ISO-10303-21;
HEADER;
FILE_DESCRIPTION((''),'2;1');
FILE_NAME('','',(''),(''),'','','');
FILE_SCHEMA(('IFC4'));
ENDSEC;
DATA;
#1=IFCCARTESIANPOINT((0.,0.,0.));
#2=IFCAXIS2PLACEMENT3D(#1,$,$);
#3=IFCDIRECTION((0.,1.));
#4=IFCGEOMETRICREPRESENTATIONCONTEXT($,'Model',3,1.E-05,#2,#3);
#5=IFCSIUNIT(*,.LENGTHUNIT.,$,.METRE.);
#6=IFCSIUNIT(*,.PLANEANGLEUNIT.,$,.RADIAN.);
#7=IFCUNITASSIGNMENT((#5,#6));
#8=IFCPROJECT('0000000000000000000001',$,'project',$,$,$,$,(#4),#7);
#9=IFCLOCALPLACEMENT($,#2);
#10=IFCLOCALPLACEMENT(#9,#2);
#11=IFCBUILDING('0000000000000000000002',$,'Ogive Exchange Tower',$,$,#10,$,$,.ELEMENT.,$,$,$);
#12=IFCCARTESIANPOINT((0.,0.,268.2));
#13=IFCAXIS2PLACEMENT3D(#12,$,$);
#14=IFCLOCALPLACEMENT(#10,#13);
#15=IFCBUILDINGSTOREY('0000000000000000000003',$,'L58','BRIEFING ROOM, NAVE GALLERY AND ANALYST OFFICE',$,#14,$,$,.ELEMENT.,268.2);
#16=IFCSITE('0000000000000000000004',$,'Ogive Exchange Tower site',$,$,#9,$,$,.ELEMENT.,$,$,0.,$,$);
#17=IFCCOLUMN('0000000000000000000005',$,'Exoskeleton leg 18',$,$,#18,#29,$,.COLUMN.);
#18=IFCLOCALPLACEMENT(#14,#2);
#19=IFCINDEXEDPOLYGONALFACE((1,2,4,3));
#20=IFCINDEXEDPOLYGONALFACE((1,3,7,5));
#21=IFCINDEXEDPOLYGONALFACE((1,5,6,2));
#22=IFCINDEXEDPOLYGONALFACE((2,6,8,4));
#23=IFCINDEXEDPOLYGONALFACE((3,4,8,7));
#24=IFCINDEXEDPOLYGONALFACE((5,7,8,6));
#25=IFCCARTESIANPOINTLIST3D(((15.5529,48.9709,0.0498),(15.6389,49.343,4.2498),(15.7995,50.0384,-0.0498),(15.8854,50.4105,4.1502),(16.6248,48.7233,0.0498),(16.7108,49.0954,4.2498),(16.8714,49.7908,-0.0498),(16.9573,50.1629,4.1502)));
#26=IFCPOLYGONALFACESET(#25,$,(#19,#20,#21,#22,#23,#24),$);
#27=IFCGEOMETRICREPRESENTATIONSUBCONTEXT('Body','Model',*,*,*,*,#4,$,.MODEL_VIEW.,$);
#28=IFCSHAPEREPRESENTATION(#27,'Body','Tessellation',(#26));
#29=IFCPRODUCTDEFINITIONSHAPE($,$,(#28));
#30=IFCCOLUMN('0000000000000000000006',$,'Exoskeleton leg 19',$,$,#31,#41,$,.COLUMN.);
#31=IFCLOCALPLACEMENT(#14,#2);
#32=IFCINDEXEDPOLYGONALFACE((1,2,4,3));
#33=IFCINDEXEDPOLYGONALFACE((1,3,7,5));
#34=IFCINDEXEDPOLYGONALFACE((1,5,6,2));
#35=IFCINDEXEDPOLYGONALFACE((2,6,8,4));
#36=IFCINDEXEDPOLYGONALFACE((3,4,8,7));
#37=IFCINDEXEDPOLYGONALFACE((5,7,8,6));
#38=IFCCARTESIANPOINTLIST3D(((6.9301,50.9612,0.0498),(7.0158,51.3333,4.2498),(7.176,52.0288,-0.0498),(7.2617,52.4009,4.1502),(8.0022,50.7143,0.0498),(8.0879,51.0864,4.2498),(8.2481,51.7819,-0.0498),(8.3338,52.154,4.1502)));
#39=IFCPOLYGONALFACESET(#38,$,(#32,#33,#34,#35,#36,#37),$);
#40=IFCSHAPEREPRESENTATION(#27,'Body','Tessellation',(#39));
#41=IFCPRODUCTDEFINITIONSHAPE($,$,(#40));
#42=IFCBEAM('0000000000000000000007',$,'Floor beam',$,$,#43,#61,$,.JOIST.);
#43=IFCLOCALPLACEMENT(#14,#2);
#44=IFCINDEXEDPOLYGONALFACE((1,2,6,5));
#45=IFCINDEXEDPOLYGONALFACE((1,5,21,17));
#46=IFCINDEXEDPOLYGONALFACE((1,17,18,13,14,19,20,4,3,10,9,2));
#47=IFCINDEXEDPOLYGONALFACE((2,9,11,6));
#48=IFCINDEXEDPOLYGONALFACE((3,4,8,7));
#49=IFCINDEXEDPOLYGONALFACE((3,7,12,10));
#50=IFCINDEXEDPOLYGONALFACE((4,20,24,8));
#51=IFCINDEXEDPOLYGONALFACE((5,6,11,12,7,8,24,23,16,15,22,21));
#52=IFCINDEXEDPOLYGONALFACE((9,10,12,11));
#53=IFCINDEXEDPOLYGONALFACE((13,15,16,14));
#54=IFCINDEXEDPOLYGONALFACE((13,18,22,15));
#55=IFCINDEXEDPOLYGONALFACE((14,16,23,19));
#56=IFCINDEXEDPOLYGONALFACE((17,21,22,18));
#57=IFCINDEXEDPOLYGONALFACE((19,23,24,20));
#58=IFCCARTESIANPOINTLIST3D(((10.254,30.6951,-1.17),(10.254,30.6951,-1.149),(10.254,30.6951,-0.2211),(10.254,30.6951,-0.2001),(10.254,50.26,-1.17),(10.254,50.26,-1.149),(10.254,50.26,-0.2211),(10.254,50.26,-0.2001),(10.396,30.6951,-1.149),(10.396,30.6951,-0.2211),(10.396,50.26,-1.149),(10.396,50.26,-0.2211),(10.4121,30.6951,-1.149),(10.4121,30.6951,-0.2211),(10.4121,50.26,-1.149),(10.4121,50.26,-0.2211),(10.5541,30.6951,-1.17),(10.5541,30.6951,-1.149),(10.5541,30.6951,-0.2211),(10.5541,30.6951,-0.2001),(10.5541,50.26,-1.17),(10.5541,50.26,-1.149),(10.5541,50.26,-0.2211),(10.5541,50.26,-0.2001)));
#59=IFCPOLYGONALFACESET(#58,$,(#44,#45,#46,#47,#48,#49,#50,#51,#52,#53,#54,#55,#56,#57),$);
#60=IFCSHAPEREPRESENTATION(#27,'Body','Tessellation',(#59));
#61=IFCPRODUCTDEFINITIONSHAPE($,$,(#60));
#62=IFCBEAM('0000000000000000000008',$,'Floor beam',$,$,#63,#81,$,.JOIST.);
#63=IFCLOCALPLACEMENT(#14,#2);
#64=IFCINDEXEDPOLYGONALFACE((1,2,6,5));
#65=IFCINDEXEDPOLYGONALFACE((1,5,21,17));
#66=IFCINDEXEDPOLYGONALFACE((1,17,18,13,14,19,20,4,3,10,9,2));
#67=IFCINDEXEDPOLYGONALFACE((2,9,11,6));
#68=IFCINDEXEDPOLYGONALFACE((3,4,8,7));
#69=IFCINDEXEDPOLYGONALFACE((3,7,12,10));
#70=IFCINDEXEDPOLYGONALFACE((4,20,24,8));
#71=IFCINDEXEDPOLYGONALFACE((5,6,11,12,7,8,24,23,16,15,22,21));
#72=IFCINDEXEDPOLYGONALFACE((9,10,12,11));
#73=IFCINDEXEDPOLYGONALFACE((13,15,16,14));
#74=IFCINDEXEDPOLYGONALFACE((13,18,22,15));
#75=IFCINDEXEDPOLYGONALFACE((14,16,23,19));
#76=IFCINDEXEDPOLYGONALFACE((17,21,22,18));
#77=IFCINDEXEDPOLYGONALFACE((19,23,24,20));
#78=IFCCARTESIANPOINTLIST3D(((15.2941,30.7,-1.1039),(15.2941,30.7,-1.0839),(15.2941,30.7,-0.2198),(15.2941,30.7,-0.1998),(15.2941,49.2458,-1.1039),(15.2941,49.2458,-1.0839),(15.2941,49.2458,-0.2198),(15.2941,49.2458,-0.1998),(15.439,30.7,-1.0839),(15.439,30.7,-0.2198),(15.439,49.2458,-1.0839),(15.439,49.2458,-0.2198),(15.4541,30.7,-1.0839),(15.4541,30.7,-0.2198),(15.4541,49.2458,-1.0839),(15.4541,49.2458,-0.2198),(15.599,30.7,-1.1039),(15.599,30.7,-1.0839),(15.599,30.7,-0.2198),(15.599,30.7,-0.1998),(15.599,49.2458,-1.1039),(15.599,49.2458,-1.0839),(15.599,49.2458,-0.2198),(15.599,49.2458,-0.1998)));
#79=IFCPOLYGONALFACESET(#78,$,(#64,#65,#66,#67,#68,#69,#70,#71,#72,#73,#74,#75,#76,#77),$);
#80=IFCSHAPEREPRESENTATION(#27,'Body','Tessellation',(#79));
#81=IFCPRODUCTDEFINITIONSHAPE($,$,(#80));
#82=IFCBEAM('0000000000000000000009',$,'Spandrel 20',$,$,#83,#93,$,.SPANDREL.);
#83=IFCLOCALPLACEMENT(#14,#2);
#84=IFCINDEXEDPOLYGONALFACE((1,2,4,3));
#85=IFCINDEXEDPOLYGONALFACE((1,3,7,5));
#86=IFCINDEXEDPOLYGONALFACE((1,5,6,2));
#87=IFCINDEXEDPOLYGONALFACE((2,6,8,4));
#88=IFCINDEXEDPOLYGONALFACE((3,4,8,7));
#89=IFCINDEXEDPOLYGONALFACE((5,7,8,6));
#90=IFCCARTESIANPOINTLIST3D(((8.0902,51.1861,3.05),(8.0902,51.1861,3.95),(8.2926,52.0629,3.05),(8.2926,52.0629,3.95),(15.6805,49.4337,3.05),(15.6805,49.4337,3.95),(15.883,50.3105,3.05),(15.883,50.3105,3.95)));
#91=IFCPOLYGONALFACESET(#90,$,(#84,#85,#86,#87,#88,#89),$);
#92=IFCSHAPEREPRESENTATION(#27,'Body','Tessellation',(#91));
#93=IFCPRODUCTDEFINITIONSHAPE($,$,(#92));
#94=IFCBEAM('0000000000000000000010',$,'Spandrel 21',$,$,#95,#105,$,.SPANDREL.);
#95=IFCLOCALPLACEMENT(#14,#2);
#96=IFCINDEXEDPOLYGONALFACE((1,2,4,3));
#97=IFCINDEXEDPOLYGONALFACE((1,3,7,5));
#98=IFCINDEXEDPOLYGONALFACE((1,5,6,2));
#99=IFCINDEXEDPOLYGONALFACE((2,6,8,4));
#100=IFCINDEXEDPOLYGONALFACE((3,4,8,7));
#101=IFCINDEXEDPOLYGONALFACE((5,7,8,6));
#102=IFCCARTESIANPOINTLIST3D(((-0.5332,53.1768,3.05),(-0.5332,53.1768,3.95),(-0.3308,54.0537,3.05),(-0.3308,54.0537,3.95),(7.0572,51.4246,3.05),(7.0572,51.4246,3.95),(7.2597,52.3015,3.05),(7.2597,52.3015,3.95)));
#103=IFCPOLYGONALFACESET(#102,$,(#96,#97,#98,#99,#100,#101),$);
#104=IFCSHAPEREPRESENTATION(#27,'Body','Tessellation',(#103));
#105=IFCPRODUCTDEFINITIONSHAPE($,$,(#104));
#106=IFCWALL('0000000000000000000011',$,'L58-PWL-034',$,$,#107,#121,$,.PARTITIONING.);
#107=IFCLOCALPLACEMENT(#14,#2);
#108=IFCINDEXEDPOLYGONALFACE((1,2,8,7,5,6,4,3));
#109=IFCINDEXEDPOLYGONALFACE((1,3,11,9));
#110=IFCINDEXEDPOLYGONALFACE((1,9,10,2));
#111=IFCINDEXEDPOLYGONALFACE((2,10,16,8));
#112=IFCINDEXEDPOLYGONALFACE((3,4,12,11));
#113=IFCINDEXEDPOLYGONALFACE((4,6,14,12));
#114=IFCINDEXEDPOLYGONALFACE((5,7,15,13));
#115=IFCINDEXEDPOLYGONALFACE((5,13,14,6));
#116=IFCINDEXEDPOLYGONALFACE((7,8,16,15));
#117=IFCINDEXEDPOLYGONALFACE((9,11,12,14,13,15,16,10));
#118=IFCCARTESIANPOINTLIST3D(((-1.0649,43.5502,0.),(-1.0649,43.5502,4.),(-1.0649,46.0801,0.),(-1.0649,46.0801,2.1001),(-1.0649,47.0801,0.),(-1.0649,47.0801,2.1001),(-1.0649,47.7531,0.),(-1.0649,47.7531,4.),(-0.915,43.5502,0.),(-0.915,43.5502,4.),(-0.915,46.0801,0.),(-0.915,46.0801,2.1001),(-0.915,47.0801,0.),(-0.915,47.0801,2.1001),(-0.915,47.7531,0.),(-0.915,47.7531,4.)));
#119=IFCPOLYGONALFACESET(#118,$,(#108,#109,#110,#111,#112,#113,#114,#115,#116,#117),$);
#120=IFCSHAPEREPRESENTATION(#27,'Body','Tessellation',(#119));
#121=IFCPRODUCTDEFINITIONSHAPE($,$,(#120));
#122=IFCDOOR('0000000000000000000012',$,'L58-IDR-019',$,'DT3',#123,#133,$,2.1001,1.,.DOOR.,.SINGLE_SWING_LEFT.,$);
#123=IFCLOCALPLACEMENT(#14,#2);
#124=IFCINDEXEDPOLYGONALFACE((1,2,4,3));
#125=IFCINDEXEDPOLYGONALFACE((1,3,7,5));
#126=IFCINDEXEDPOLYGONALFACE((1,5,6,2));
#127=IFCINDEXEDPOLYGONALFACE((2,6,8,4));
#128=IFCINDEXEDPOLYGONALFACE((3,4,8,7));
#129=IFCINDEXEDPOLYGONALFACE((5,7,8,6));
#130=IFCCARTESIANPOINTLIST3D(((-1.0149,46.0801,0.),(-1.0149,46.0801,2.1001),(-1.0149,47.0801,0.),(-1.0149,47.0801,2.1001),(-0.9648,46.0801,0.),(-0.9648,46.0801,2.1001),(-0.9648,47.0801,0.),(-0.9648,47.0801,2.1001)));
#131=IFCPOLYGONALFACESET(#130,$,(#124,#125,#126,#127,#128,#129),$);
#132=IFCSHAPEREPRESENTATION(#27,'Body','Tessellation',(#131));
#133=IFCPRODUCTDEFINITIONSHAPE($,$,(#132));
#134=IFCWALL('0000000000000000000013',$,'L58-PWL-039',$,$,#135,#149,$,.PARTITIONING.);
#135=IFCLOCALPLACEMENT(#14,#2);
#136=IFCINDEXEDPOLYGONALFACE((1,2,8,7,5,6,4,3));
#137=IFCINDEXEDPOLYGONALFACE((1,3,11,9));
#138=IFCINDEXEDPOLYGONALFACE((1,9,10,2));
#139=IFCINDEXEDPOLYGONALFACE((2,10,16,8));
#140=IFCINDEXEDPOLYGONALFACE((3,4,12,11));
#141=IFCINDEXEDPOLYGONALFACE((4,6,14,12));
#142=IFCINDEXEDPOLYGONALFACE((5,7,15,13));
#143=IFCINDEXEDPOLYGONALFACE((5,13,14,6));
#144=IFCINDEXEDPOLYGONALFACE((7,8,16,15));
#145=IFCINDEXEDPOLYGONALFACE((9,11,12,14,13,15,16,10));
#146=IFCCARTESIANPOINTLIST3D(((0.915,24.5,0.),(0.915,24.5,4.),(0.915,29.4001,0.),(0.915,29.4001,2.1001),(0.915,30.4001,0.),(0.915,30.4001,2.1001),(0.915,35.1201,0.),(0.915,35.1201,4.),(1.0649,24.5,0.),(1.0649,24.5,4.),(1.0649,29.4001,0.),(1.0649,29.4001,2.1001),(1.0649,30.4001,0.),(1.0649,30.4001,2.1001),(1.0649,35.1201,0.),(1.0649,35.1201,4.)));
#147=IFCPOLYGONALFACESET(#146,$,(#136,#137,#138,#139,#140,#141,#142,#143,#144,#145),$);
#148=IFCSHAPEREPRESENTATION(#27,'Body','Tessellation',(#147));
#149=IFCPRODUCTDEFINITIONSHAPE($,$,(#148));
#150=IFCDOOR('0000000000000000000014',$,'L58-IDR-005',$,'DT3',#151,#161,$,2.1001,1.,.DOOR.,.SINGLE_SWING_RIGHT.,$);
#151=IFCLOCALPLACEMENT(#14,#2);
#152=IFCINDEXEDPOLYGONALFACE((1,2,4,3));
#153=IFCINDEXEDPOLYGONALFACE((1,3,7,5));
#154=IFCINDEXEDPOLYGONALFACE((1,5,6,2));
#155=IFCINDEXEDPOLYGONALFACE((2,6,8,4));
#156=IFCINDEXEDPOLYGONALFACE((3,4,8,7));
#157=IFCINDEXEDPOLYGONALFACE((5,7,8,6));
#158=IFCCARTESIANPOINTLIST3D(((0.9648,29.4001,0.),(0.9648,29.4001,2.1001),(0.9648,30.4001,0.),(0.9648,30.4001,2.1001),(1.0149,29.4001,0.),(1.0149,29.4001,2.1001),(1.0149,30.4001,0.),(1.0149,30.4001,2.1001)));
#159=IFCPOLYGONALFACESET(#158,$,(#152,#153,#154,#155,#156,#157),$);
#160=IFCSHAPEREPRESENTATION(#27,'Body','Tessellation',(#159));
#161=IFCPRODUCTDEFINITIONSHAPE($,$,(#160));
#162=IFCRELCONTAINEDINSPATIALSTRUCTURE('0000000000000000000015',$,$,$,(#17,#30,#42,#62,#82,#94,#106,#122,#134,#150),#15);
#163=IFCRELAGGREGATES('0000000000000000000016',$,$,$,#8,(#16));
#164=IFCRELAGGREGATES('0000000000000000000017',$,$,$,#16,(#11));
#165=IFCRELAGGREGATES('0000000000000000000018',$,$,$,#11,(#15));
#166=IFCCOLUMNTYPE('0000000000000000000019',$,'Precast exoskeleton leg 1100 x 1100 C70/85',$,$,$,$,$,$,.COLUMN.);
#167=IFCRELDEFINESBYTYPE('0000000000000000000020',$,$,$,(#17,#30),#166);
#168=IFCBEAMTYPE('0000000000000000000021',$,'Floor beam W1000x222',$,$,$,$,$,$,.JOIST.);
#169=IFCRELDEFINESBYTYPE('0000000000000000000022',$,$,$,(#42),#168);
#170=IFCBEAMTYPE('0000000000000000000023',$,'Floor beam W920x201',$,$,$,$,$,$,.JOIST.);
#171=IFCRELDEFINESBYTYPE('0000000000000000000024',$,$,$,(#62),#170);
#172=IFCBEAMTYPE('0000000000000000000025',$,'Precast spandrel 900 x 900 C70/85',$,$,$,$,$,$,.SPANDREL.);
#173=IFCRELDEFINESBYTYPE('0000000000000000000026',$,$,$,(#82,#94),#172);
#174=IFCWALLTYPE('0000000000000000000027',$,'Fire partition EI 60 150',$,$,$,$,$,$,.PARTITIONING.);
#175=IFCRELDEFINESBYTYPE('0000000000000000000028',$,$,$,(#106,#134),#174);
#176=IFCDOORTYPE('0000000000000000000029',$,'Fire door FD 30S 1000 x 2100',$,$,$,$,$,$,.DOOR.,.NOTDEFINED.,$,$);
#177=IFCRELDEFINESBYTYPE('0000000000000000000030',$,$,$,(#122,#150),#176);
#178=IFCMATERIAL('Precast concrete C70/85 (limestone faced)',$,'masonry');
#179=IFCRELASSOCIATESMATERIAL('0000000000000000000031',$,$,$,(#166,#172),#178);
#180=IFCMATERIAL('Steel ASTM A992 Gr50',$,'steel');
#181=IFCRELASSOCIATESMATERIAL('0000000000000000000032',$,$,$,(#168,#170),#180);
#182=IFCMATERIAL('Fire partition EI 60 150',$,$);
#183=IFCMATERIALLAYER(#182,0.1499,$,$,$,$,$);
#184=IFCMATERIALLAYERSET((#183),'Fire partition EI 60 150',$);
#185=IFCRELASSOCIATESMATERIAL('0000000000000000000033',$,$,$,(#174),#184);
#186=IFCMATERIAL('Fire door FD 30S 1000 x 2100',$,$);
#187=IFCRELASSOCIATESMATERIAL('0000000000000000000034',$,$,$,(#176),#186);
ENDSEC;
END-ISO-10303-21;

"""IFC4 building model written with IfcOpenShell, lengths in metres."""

from ifc_helpers import new_model, si_unit, direction, frame, frame_2d, origin, origin_2d, place, context, subcontext, project, spatial, rectangle, i_section, extrude, material, layer, layer_set, material_profile, profile_set, type_object, element, fill, save


model = new_model("IFC4")

# Units and contexts
model_context = context("Model", 3, precision=1e-05, world=origin(), true_north=direction((0.0, 1.0)))
body_context = subcontext(model_context, "Body", "Model", "MODEL_VIEW")
ifc_project = project(units=[si_unit("LENGTHUNIT", "METRE"), si_unit("PLANEANGLEUNIT", "RADIAN")], contexts=[model_context])

# Site, building, storey
site_placement = place(None, origin())
site = spatial("IfcSite", under=ifc_project, at=site_placement, Name="Ogive Exchange Tower site", CompositionType="ELEMENT", RefElevation=0.0)
building_placement = place(site_placement, origin())
building = spatial("IfcBuilding", under=site, at=building_placement, Name="Ogive Exchange Tower", CompositionType="ELEMENT")
storey_placement = place(building_placement, frame((0.0, 0.0, 268.2)))
storey = spatial("IfcBuildingStorey", under=building, at=storey_placement, Name="L58", Description="BRIEFING ROOM, NAVE GALLERY AND ANALYST OFFICE", CompositionType="ELEMENT", Elevation=268.2)

# Columns
ifc_material_1 = material(Name="Precast concrete C70/85 (limestone faced)", Category="masonry")
ifc_material_profile_1 = material_profile(ifc_material_1, rectangle(XDim=1.1001, YDim=1.1001, at=origin_2d()), Name="1100 x 1100")
ifc_profile_set_1 = profile_set([ifc_material_profile_1], Name="Precast concrete C70/85 (limestone faced)")
column_type = type_object("IfcColumnType", Name="Precast exoskeleton leg 1100 x 1100 C70/85", PredefinedType="COLUMN", material=ifc_profile_set_1)
for number, where, z_axis, x_axis, name in (
    (1, (16.2122, 49.3809, 0.0), (0.020377, 0.088225, 0.995892), (-0.974348, 0.225046, 0.0), "Exoskeleton leg 18"),
    (2, (7.5891, 51.3716, 0.0), (0.02032, 0.088225, 0.995893), (-0.974488, 0.224439, 0.0), "Exoskeleton leg 19"),
):
    element("IfcColumn", number, at=place(storey_placement, frame(where, z_axis=z_axis, x_axis=x_axis)), inside=storey, type_object=column_type, Name=name, PredefinedType="COLUMN", context=body_context, shape_type="SweptSolid", body=[
        extrude(rectangle(XDim=1.1001, YDim=1.1001, at=origin_2d()), origin(), (0.0, 0.0, 1.0), 4.2173),
    ])

# Beams
ifc_material_2 = material(Name="Steel ASTM A992 Gr50", Category="steel")
ifc_material_profile_2 = material_profile(ifc_material_2, i_section(OverallWidth=0.3, OverallDepth=0.97, WebThickness=0.0161, FlangeThickness=0.021, at=origin_2d()), Name="W1000x222")
ifc_profile_set_2 = profile_set([ifc_material_profile_2], Name="Steel ASTM A992 Gr50")
beam_type_1 = type_object("IfcBeamType", Name="Floor beam W1000x222", PredefinedType="JOIST", material=ifc_profile_set_2)
beam_1_placement = place(storey_placement, frame((10.4041, 30.6951, -0.6851), z_axis=(0.0, 1.0, 0.0), x_axis=(-1.0, 0.0, 0.0)))
element("IfcBeam", 3, at=beam_1_placement, inside=storey, type_object=beam_type_1, Name="Floor beam", PredefinedType="JOIST", context=body_context, shape_type="SweptSolid", body=[
    extrude(i_section(OverallWidth=0.3, OverallDepth=0.97, WebThickness=0.0161, FlangeThickness=0.021, at=origin_2d()), origin(), (0.0, 0.0, 1.0), 19.5649),
])
ifc_material_profile_3 = material_profile(ifc_material_2, i_section(OverallWidth=0.3049, OverallDepth=0.9041, WebThickness=0.0151, FlangeThickness=0.02, at=origin_2d()), Name="W920x201")
ifc_profile_set_3 = profile_set([ifc_material_profile_3], Name="Steel ASTM A992 Gr50")
beam_type_2 = type_object("IfcBeamType", Name="Floor beam W920x201", PredefinedType="JOIST", material=ifc_profile_set_3)
beam_2_placement = place(storey_placement, frame((15.4465, 30.7, -0.6519), z_axis=(0.0, 1.0, 0.0), x_axis=(-1.0, 0.0, 0.0)))
element("IfcBeam", 4, at=beam_2_placement, inside=storey, type_object=beam_type_2, Name="Floor beam", PredefinedType="JOIST", context=body_context, shape_type="SweptSolid", body=[
    extrude(i_section(OverallWidth=0.3049, OverallDepth=0.9041, WebThickness=0.0151, FlangeThickness=0.02, at=origin_2d()), origin(), (0.0, 0.0, 1.0), 18.5459),
])
ifc_material_profile_4 = material_profile(ifc_material_1, rectangle(XDim=0.8999, YDim=0.8999, at=origin_2d()), Name="900 x 900")
ifc_profile_set_4 = profile_set([ifc_material_profile_4], Name="Precast concrete C70/85 (limestone faced)")
beam_type_3 = type_object("IfcBeamType", Name="Precast spandrel 900 x 900 C70/85", PredefinedType="SPANDREL", material=ifc_profile_set_4)
for number, where, z_axis, x_axis, name in (
    (5, (15.7817, 49.8721, 3.5), (-0.974368, 0.22496, 0.0), (-0.22496, -0.974368, 0.0), "Spandrel 20"),
    (6, (7.1584, 51.863, 3.5), (-0.974375, 0.22493, 0.0), (-0.22493, -0.974375, 0.0), "Spandrel 21"),
):
    element("IfcBeam", number, at=place(storey_placement, frame(where, z_axis=z_axis, x_axis=x_axis)), inside=storey, type_object=beam_type_3, Name=name, PredefinedType="SPANDREL", context=body_context, shape_type="SweptSolid", body=[
        extrude(rectangle(XDim=0.8999, YDim=0.8999, at=origin_2d()), origin(), (0.0, 0.0, 1.0), 7.79),
    ])

# Walls, openings, doors
ifc_material_3 = material(Name="Fire partition EI 60 150")
ifc_layer_1 = layer(ifc_material_3, 0.1499)
ifc_layer_set_1 = layer_set([ifc_layer_1], Name="Fire partition EI 60 150")
wall_type_1 = type_object("IfcWallType", Name="Fire partition EI 60 150", PredefinedType="PARTITIONING", material=ifc_layer_set_1)
wall_1_placement = place(storey_placement, frame((-0.99, 43.55, 0.0), z_axis=(0.0, 0.0, 1.0), x_axis=(0.0, 1.0, 0.0)))
wall_1 = element("IfcWall", 7, at=wall_1_placement, inside=storey, type_object=wall_type_1, Name="L58-PWL-034", PredefinedType="PARTITIONING", context=body_context, shape_type="SweptSolid", body=[
    extrude(rectangle(XDim=4.2029, YDim=0.1499, at=frame_2d((2.1016, 0.0))), origin(), (0.0, 0.0, 1.0), 4.0),
])
opening_1_placement = place(wall_1_placement, frame((2.53, 0.0, 0.0)))
opening_1 = element("IfcOpeningElement", 8, at=opening_1_placement, cuts=wall_1, PredefinedType="OPENING", context=body_context, shape_type="SweptSolid", body=[
    extrude(rectangle(XDim=1.0, YDim=2.1001, at=frame_2d((0.5, 1.05))), frame((0.0, 0.085, 0.0), z_axis=(0.0, -1.0, 0.0), x_axis=(1.0, 0.0, 0.0)), (0.0, 0.0, 1.0), 0.1699),
])
ifc_material_4 = material(Name="Fire door FD 30S 1000 x 2100")
door_type_1 = type_object("IfcDoorType", Name="Fire door FD 30S 1000 x 2100", OperationType="NOTDEFINED", PredefinedType="DOOR", material=ifc_material_4)
door_1_placement = place(opening_1_placement, origin())
door_1 = element("IfcDoor", 9, at=door_1_placement, inside=storey, type_object=door_type_1, Name="L58-IDR-019", ObjectType="DT3", OperationType="SINGLE_SWING_LEFT", OverallHeight=2.1001, OverallWidth=1.0, PredefinedType="DOOR", context=body_context, shape_type="SweptSolid", body=[
    extrude(rectangle(XDim=1.0, YDim=2.1001, at=frame_2d((0.5, 1.05))), frame((0.0, 0.0249, 0.0), z_axis=(0.0, -1.0, 0.0), x_axis=(1.0, 0.0, 0.0)), (0.0, 0.0, 1.0), 0.05),
])
fill(opening_1, door_1)
wall_2_placement = place(storey_placement, frame((0.99, 35.1201, 0.0), z_axis=(0.0, 0.0, 1.0), x_axis=(0.0, -1.0, 0.0)))
wall_2 = element("IfcWall", 10, at=wall_2_placement, inside=storey, type_object=wall_type_1, Name="L58-PWL-039", PredefinedType="PARTITIONING", context=body_context, shape_type="SweptSolid", body=[
    extrude(rectangle(XDim=10.6201, YDim=0.1499, at=frame_2d((5.3101, 0.0))), origin(), (0.0, 0.0, 1.0), 4.0),
])
opening_2_placement = place(wall_2_placement, frame((4.72, 0.0, 0.0)))
opening_2 = element("IfcOpeningElement", 11, at=opening_2_placement, cuts=wall_2, PredefinedType="OPENING", context=body_context, shape_type="SweptSolid", body=[
    extrude(rectangle(XDim=1.0, YDim=2.1001, at=frame_2d((0.5, 1.05))), frame((0.0, 0.085, 0.0), z_axis=(0.0, -1.0, 0.0), x_axis=(1.0, 0.0, 0.0)), (0.0, 0.0, 1.0), 0.1699),
])
door_2_placement = place(opening_2_placement, origin())
door_2 = element("IfcDoor", 12, at=door_2_placement, inside=storey, type_object=door_type_1, Name="L58-IDR-005", ObjectType="DT3", OperationType="SINGLE_SWING_RIGHT", OverallHeight=2.1001, OverallWidth=1.0, PredefinedType="DOOR", context=body_context, shape_type="SweptSolid", body=[
    extrude(rectangle(XDim=1.0, YDim=2.1001, at=frame_2d((0.5, 1.05))), frame((0.0, 0.0249, 0.0), z_axis=(0.0, -1.0, 0.0), x_axis=(1.0, 0.0, 0.0)), (0.0, 0.0, 1.0), 0.05),
])
fill(opening_2, door_2)

save(model, "model.ifc")
